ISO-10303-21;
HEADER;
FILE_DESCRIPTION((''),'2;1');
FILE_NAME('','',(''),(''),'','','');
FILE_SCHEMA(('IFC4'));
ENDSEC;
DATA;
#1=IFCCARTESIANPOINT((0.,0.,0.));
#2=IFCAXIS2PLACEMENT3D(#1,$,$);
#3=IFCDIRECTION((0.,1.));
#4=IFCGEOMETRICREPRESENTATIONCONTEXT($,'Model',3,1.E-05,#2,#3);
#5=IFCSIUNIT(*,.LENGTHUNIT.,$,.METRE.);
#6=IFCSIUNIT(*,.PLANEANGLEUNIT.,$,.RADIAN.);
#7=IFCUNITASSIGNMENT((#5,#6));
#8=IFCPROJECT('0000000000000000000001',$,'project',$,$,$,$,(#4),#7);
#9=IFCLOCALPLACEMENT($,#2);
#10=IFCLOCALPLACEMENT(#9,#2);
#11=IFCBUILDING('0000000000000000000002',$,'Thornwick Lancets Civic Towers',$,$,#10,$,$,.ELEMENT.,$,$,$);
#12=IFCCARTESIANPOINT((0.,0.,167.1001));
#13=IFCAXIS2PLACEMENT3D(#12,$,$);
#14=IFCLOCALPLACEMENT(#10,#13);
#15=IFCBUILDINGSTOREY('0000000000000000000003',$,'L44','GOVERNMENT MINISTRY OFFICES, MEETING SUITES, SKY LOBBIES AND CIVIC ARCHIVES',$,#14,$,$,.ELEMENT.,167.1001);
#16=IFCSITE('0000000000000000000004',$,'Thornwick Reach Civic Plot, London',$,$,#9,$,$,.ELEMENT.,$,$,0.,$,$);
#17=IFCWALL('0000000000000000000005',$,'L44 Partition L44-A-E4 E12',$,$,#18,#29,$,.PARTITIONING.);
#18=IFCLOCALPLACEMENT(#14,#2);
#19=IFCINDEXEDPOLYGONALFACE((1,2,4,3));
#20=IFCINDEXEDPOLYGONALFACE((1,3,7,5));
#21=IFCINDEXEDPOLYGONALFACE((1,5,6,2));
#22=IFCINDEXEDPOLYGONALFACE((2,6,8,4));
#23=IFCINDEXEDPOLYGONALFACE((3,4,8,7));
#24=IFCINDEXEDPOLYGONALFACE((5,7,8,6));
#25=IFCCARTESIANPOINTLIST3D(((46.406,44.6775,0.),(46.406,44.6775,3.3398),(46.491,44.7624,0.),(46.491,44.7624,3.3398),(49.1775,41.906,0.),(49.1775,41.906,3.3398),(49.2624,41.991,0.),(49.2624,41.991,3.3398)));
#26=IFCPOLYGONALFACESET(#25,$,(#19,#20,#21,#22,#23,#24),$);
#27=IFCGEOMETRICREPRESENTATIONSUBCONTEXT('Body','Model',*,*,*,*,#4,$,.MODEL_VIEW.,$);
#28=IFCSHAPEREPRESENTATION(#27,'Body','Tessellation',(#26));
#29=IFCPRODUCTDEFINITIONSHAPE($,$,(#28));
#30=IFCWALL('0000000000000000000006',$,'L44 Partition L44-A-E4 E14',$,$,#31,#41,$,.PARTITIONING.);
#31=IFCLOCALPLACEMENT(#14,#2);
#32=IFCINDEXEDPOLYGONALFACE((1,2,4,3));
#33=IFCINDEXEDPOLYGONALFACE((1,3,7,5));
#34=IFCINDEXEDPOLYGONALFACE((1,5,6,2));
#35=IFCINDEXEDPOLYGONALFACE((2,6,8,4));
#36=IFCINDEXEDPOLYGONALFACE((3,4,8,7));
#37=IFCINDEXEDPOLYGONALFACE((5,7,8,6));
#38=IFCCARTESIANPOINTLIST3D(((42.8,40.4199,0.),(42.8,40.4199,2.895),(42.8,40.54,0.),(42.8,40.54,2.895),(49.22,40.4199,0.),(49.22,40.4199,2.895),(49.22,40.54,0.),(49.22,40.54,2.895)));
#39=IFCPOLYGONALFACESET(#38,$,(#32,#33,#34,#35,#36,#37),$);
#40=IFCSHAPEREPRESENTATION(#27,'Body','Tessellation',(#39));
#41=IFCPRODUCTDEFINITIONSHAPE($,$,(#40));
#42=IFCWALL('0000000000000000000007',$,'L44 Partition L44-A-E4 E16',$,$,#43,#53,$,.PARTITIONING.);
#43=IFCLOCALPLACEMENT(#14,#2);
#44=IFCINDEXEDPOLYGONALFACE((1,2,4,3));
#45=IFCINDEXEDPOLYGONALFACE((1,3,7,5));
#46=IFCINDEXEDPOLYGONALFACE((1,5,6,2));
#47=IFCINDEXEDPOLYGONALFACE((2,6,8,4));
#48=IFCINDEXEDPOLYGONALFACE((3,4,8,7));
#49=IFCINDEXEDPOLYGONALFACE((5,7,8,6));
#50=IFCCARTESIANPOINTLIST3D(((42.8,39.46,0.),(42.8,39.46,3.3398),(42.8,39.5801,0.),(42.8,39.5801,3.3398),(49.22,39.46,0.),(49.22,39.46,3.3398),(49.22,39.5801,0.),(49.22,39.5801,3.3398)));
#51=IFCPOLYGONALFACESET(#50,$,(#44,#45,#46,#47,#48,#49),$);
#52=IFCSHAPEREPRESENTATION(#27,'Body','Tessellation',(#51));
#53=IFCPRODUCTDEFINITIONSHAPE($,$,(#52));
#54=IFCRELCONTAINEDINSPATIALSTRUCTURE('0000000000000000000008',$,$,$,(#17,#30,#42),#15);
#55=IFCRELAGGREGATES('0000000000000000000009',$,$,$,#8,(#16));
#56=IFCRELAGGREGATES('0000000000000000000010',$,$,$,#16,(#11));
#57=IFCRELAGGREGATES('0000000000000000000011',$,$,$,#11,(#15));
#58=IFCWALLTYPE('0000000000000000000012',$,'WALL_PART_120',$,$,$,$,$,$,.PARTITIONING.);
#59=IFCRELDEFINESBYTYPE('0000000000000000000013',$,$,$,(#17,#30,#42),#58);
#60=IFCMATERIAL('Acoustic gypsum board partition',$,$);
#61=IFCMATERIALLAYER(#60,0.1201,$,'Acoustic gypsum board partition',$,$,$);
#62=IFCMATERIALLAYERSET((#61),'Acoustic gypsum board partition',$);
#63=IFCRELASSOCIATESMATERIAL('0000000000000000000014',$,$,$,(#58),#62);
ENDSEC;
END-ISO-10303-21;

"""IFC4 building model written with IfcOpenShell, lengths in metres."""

from ifc_helpers import new_model, si_unit, direction, frame, frame_2d, origin, place, context, subcontext, project, spatial, rectangle, extrude, material, layer, layer_set, type_object, element, save


model = new_model("IFC4")

# Units and contexts
model_context = context("Model", 3, precision=1e-05, world=origin(), true_north=direction((0.0, 1.0)))
body_context = subcontext(model_context, "Body", "Model", "MODEL_VIEW")
ifc_project = project(units=[si_unit("LENGTHUNIT", "METRE"), si_unit("PLANEANGLEUNIT", "RADIAN")], contexts=[model_context])

# Site, building, storey
site_placement = place(None, origin())
site = spatial("IfcSite", under=ifc_project, at=site_placement, Name="Thornwick Reach Civic Plot, London", CompositionType="ELEMENT", RefElevation=0.0)
building_placement = place(site_placement, origin())
building = spatial("IfcBuilding", under=site, at=building_placement, Name="Thornwick Lancets Civic Towers", CompositionType="ELEMENT")
storey_placement = place(building_placement, frame((0.0, 0.0, 167.1001)))
storey = spatial("IfcBuildingStorey", under=building, at=storey_placement, Name="L44", Description="GOVERNMENT MINISTRY OFFICES, MEETING SUITES, SKY LOBBIES AND CIVIC ARCHIVES", CompositionType="ELEMENT", Elevation=167.1001)

# Walls
ifc_material_1 = material(Name="Acoustic gypsum board partition")
ifc_layer_1 = layer(ifc_material_1, 0.1201, Name="Acoustic gypsum board partition")
ifc_layer_set_1 = layer_set([ifc_layer_1], Name="Acoustic gypsum board partition")
wall_type_1 = type_object("IfcWallType", Name="WALL_PART_120", PredefinedType="PARTITIONING", material=ifc_layer_set_1)
wall_1_placement = place(storey_placement, frame((46.4485, 44.72, 0.0), z_axis=(0.0, 0.0, 1.0), x_axis=(0.707107, -0.707107, 0.0)))
element("IfcWall", 1, at=wall_1_placement, inside=storey, type_object=wall_type_1, Name="L44 Partition L44-A-E4 E12", PredefinedType="PARTITIONING", context=body_context, shape_type="SweptSolid", body=[
    extrude(rectangle(XDim=3.9194, YDim=0.1201, at=frame_2d((1.9597, 0.0))), origin(), (0.0, 0.0, 1.0), 3.3398),
])
wall_2_placement = place(storey_placement, frame((49.22, 40.48, 0.0), z_axis=(0.0, 0.0, 1.0), x_axis=(-1.0, 0.0, 0.0)))
element("IfcWall", 2, at=wall_2_placement, inside=storey, type_object=wall_type_1, Name="L44 Partition L44-A-E4 E14", PredefinedType="PARTITIONING", context=body_context, shape_type="SweptSolid", body=[
    extrude(rectangle(XDim=6.4199, YDim=0.1201, at=frame_2d((3.21, 0.0))), origin(), (0.0, 0.0, 1.0), 2.895),
])
wall_3_placement = place(storey_placement, frame((42.8, 39.52, 0.0), z_axis=(0.0, 0.0, 1.0), x_axis=(1.0, 0.0, 0.0)))
element("IfcWall", 3, at=wall_3_placement, inside=storey, type_object=wall_type_1, Name="L44 Partition L44-A-E4 E16", PredefinedType="PARTITIONING", context=body_context, shape_type="SweptSolid", body=[
    extrude(rectangle(XDim=6.4199, YDim=0.1201, at=frame_2d((3.21, 0.0))), origin(), (0.0, 0.0, 1.0), 3.3398),
])

save(model, "model.ifc")
